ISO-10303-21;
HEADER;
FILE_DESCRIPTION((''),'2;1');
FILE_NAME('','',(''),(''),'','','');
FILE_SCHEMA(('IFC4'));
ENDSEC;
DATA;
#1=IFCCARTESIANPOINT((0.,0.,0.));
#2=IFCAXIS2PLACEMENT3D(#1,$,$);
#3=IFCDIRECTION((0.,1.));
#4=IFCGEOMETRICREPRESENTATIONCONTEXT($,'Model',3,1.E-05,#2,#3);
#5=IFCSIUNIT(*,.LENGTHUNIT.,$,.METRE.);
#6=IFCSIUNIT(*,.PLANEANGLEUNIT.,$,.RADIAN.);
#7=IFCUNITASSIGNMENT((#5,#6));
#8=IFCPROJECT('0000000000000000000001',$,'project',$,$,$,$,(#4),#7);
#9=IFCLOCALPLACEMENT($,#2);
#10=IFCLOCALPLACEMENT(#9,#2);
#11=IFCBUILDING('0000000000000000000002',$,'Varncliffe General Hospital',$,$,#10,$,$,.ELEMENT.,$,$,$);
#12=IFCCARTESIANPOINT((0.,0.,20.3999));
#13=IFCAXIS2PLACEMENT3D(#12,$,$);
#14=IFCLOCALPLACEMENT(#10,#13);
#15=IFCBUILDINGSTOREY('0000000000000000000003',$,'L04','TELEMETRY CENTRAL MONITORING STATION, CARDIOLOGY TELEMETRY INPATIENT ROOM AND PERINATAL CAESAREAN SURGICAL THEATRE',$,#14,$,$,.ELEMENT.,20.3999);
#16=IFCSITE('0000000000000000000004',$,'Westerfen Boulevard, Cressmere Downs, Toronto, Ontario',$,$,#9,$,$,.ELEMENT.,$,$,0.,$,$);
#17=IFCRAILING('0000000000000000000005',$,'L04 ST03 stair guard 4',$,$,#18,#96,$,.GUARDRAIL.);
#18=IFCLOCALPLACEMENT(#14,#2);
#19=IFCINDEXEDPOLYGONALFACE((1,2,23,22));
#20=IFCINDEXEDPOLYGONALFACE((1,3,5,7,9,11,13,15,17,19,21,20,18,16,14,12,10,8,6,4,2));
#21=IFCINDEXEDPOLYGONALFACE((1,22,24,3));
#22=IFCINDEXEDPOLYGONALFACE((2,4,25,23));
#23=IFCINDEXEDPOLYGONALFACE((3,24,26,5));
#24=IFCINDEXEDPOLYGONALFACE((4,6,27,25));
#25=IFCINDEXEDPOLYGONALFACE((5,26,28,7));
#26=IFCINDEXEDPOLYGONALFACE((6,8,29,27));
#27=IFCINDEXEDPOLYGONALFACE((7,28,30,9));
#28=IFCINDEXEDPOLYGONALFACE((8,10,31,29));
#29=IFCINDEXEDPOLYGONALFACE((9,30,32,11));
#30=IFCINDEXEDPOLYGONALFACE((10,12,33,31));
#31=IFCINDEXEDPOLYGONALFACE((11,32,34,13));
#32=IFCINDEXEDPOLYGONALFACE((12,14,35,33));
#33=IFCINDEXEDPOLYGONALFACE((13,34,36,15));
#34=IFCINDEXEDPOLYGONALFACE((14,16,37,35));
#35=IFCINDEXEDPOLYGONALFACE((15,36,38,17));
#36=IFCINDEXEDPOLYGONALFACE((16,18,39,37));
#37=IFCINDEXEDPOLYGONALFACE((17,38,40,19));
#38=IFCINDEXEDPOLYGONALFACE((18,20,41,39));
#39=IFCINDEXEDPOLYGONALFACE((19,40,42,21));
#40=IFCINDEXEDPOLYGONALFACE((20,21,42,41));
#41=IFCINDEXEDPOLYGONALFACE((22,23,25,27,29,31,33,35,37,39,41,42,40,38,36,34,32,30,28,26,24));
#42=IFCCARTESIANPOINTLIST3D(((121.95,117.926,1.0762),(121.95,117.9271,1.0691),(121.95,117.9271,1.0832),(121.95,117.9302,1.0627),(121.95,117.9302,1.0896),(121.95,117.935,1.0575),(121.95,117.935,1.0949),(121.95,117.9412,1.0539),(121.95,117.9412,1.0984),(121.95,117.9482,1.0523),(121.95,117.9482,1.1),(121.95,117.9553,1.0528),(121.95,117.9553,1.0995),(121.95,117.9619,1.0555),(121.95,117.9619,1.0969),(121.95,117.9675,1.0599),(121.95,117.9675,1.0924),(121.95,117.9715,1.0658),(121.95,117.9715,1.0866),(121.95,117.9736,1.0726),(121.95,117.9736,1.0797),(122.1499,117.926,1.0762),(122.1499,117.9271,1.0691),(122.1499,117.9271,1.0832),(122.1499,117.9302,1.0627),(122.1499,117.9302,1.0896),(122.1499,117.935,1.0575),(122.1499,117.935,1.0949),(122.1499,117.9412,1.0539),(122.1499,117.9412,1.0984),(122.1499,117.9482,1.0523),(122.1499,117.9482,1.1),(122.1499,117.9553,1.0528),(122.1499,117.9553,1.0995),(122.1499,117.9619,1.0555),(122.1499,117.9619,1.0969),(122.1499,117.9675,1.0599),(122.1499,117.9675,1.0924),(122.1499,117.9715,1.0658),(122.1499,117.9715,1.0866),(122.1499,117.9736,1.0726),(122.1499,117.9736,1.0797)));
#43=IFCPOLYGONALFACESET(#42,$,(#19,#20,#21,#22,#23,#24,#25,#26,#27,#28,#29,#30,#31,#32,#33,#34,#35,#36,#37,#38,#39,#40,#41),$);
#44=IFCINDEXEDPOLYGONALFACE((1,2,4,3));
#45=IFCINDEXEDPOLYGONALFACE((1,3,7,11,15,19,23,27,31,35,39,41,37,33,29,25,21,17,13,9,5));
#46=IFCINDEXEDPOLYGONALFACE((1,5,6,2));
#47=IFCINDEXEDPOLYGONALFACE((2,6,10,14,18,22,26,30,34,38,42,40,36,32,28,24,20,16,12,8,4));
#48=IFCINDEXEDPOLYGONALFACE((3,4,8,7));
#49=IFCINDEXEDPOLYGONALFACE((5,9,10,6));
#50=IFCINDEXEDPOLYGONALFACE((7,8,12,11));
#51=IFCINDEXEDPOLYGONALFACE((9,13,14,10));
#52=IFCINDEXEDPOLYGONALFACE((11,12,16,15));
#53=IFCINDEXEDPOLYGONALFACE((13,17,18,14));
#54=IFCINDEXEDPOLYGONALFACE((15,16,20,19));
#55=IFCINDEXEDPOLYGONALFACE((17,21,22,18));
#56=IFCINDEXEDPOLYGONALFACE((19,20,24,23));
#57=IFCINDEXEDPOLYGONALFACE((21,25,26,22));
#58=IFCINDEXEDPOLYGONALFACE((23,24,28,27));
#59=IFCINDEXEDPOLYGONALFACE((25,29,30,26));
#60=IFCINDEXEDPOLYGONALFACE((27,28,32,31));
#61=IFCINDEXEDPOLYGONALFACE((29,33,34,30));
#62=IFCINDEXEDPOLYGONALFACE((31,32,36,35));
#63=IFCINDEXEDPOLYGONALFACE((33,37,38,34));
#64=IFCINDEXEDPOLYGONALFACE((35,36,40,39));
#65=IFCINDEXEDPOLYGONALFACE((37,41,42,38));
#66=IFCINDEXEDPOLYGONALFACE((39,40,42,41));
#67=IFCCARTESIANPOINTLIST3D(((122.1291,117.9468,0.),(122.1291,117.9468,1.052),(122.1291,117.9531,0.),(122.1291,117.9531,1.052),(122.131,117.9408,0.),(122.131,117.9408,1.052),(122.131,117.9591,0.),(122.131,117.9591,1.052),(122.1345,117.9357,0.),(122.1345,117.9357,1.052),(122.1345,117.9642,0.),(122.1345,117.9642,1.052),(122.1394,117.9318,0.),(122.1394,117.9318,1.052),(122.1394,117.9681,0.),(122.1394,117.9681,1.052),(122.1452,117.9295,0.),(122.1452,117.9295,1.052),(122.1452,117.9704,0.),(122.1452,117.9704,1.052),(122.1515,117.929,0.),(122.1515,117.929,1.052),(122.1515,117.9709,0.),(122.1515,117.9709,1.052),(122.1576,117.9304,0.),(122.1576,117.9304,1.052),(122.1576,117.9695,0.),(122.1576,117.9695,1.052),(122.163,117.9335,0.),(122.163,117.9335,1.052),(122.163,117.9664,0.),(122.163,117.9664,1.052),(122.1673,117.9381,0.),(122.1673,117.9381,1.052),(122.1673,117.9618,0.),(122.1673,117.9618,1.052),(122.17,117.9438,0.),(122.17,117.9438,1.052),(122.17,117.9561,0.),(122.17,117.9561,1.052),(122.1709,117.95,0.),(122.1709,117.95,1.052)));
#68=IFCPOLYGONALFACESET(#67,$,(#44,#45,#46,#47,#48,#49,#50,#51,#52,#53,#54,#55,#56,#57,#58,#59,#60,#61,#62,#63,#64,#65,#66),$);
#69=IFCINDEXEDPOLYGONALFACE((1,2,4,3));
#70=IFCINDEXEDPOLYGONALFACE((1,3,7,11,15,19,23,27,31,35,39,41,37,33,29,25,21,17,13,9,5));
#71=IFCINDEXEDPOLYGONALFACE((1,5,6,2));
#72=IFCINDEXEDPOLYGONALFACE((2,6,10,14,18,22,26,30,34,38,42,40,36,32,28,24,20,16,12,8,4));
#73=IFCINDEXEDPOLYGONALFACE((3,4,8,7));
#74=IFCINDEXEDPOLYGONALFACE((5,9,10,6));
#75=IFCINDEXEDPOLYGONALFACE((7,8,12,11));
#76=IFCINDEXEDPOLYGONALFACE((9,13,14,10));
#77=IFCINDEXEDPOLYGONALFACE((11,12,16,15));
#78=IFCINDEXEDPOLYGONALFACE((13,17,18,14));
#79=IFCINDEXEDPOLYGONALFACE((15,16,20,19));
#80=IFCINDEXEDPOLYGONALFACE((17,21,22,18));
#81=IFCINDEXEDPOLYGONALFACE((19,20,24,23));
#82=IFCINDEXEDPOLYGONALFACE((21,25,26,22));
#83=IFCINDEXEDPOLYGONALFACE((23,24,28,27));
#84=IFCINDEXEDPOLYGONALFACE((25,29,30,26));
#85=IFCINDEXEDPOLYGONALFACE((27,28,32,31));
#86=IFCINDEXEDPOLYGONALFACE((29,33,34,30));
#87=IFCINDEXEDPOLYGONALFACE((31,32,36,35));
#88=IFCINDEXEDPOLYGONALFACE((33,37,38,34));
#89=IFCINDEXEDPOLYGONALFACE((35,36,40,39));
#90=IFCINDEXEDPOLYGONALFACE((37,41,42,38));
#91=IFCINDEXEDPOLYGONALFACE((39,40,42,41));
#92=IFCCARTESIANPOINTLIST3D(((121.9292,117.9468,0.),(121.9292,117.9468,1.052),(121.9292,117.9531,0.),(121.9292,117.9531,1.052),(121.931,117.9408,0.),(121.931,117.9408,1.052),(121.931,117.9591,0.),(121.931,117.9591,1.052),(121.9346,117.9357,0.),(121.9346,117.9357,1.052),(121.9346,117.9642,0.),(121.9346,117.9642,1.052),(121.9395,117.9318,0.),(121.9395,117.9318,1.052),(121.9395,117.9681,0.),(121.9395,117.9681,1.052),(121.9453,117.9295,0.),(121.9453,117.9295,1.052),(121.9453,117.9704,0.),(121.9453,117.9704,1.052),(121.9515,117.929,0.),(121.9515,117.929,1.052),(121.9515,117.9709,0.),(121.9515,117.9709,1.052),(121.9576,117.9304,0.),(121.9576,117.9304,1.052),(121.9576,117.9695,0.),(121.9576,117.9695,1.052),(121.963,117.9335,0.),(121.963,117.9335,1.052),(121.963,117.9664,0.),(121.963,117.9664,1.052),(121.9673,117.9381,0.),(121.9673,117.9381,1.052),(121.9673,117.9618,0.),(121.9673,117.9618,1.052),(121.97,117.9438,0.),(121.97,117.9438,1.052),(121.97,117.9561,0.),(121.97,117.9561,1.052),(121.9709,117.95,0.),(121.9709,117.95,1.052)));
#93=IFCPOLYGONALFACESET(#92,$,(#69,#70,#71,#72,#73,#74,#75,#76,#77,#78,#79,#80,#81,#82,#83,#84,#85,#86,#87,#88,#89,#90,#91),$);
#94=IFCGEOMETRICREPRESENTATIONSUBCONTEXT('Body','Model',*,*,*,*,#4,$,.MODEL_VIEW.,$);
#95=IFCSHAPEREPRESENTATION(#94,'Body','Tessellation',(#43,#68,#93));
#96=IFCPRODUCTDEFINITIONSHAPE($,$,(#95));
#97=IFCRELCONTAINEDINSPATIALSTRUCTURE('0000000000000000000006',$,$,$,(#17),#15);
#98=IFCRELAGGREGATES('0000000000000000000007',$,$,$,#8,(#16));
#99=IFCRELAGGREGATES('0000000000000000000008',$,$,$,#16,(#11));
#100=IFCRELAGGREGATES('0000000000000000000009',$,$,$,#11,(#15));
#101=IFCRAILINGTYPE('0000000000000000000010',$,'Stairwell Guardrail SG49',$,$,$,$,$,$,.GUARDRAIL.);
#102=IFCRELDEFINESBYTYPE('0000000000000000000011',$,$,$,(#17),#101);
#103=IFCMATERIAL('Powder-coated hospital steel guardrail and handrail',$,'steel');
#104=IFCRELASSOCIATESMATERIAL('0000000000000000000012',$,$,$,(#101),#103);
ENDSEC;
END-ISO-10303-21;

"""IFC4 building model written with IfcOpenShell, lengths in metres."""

from ifc_helpers import new_model, si_unit, direction, frame, origin, origin_2d, place, context, subcontext, project, spatial, circle, extrude, material, type_object, element, save


model = new_model("IFC4")

# Units and contexts
model_context = context("Model", 3, precision=1e-05, world=origin(), true_north=direction((0.0, 1.0)))
body_context = subcontext(model_context, "Body", "Model", "MODEL_VIEW")
ifc_project = project(units=[si_unit("LENGTHUNIT", "METRE"), si_unit("PLANEANGLEUNIT", "RADIAN")], contexts=[model_context])

# Site, building, storey
site_placement = place(None, origin())
site = spatial("IfcSite", under=ifc_project, at=site_placement, Name="Westerfen Boulevard, Cressmere Downs, Toronto, Ontario", CompositionType="ELEMENT", RefElevation=0.0)
building_placement = place(site_placement, origin())
building = spatial("IfcBuilding", under=site, at=building_placement, Name="Varncliffe General Hospital", CompositionType="ELEMENT")
storey_placement = place(building_placement, frame((0.0, 0.0, 20.3999)))
storey = spatial("IfcBuildingStorey", under=building, at=storey_placement, Name="L04", Description="TELEMETRY CENTRAL MONITORING STATION, CARDIOLOGY TELEMETRY INPATIENT ROOM AND PERINATAL CAESAREAN SURGICAL THEATRE", CompositionType="ELEMENT", Elevation=20.3999)

# Railing
ifc_material_1 = material(Name="Powder-coated hospital steel guardrail and handrail", Category="steel")
railing_type_1 = type_object("IfcRailingType", Name="Stairwell Guardrail SG49", PredefinedType="GUARDRAIL", material=ifc_material_1)
railing_1_placement = place(storey_placement, frame((122.1499, 117.95, 0.0)))
element("IfcRailing", 1, at=railing_1_placement, inside=storey, type_object=railing_type_1, Name="L04 ST03 stair guard 4", PredefinedType="GUARDRAIL", context=body_context, shape_type="SweptSolid", body=[
    extrude(circle(Radius=0.0239, at=origin_2d()), frame((0.0, 0.0, 1.0762), z_axis=(-1.0, 0.0, 0.0), x_axis=(0.0, -1.0, 0.0)), (0.0, 0.0, 1.0), 0.2),
    extrude(circle(Radius=0.021, at=origin_2d()), origin(), (0.0, 0.0, 1.0), 1.052),
    extrude(circle(Radius=0.021, at=origin_2d()), frame((-0.2, 0.0, 0.0)), (0.0, 0.0, 1.0), 1.052),
])

save(model, "model.ifc")
